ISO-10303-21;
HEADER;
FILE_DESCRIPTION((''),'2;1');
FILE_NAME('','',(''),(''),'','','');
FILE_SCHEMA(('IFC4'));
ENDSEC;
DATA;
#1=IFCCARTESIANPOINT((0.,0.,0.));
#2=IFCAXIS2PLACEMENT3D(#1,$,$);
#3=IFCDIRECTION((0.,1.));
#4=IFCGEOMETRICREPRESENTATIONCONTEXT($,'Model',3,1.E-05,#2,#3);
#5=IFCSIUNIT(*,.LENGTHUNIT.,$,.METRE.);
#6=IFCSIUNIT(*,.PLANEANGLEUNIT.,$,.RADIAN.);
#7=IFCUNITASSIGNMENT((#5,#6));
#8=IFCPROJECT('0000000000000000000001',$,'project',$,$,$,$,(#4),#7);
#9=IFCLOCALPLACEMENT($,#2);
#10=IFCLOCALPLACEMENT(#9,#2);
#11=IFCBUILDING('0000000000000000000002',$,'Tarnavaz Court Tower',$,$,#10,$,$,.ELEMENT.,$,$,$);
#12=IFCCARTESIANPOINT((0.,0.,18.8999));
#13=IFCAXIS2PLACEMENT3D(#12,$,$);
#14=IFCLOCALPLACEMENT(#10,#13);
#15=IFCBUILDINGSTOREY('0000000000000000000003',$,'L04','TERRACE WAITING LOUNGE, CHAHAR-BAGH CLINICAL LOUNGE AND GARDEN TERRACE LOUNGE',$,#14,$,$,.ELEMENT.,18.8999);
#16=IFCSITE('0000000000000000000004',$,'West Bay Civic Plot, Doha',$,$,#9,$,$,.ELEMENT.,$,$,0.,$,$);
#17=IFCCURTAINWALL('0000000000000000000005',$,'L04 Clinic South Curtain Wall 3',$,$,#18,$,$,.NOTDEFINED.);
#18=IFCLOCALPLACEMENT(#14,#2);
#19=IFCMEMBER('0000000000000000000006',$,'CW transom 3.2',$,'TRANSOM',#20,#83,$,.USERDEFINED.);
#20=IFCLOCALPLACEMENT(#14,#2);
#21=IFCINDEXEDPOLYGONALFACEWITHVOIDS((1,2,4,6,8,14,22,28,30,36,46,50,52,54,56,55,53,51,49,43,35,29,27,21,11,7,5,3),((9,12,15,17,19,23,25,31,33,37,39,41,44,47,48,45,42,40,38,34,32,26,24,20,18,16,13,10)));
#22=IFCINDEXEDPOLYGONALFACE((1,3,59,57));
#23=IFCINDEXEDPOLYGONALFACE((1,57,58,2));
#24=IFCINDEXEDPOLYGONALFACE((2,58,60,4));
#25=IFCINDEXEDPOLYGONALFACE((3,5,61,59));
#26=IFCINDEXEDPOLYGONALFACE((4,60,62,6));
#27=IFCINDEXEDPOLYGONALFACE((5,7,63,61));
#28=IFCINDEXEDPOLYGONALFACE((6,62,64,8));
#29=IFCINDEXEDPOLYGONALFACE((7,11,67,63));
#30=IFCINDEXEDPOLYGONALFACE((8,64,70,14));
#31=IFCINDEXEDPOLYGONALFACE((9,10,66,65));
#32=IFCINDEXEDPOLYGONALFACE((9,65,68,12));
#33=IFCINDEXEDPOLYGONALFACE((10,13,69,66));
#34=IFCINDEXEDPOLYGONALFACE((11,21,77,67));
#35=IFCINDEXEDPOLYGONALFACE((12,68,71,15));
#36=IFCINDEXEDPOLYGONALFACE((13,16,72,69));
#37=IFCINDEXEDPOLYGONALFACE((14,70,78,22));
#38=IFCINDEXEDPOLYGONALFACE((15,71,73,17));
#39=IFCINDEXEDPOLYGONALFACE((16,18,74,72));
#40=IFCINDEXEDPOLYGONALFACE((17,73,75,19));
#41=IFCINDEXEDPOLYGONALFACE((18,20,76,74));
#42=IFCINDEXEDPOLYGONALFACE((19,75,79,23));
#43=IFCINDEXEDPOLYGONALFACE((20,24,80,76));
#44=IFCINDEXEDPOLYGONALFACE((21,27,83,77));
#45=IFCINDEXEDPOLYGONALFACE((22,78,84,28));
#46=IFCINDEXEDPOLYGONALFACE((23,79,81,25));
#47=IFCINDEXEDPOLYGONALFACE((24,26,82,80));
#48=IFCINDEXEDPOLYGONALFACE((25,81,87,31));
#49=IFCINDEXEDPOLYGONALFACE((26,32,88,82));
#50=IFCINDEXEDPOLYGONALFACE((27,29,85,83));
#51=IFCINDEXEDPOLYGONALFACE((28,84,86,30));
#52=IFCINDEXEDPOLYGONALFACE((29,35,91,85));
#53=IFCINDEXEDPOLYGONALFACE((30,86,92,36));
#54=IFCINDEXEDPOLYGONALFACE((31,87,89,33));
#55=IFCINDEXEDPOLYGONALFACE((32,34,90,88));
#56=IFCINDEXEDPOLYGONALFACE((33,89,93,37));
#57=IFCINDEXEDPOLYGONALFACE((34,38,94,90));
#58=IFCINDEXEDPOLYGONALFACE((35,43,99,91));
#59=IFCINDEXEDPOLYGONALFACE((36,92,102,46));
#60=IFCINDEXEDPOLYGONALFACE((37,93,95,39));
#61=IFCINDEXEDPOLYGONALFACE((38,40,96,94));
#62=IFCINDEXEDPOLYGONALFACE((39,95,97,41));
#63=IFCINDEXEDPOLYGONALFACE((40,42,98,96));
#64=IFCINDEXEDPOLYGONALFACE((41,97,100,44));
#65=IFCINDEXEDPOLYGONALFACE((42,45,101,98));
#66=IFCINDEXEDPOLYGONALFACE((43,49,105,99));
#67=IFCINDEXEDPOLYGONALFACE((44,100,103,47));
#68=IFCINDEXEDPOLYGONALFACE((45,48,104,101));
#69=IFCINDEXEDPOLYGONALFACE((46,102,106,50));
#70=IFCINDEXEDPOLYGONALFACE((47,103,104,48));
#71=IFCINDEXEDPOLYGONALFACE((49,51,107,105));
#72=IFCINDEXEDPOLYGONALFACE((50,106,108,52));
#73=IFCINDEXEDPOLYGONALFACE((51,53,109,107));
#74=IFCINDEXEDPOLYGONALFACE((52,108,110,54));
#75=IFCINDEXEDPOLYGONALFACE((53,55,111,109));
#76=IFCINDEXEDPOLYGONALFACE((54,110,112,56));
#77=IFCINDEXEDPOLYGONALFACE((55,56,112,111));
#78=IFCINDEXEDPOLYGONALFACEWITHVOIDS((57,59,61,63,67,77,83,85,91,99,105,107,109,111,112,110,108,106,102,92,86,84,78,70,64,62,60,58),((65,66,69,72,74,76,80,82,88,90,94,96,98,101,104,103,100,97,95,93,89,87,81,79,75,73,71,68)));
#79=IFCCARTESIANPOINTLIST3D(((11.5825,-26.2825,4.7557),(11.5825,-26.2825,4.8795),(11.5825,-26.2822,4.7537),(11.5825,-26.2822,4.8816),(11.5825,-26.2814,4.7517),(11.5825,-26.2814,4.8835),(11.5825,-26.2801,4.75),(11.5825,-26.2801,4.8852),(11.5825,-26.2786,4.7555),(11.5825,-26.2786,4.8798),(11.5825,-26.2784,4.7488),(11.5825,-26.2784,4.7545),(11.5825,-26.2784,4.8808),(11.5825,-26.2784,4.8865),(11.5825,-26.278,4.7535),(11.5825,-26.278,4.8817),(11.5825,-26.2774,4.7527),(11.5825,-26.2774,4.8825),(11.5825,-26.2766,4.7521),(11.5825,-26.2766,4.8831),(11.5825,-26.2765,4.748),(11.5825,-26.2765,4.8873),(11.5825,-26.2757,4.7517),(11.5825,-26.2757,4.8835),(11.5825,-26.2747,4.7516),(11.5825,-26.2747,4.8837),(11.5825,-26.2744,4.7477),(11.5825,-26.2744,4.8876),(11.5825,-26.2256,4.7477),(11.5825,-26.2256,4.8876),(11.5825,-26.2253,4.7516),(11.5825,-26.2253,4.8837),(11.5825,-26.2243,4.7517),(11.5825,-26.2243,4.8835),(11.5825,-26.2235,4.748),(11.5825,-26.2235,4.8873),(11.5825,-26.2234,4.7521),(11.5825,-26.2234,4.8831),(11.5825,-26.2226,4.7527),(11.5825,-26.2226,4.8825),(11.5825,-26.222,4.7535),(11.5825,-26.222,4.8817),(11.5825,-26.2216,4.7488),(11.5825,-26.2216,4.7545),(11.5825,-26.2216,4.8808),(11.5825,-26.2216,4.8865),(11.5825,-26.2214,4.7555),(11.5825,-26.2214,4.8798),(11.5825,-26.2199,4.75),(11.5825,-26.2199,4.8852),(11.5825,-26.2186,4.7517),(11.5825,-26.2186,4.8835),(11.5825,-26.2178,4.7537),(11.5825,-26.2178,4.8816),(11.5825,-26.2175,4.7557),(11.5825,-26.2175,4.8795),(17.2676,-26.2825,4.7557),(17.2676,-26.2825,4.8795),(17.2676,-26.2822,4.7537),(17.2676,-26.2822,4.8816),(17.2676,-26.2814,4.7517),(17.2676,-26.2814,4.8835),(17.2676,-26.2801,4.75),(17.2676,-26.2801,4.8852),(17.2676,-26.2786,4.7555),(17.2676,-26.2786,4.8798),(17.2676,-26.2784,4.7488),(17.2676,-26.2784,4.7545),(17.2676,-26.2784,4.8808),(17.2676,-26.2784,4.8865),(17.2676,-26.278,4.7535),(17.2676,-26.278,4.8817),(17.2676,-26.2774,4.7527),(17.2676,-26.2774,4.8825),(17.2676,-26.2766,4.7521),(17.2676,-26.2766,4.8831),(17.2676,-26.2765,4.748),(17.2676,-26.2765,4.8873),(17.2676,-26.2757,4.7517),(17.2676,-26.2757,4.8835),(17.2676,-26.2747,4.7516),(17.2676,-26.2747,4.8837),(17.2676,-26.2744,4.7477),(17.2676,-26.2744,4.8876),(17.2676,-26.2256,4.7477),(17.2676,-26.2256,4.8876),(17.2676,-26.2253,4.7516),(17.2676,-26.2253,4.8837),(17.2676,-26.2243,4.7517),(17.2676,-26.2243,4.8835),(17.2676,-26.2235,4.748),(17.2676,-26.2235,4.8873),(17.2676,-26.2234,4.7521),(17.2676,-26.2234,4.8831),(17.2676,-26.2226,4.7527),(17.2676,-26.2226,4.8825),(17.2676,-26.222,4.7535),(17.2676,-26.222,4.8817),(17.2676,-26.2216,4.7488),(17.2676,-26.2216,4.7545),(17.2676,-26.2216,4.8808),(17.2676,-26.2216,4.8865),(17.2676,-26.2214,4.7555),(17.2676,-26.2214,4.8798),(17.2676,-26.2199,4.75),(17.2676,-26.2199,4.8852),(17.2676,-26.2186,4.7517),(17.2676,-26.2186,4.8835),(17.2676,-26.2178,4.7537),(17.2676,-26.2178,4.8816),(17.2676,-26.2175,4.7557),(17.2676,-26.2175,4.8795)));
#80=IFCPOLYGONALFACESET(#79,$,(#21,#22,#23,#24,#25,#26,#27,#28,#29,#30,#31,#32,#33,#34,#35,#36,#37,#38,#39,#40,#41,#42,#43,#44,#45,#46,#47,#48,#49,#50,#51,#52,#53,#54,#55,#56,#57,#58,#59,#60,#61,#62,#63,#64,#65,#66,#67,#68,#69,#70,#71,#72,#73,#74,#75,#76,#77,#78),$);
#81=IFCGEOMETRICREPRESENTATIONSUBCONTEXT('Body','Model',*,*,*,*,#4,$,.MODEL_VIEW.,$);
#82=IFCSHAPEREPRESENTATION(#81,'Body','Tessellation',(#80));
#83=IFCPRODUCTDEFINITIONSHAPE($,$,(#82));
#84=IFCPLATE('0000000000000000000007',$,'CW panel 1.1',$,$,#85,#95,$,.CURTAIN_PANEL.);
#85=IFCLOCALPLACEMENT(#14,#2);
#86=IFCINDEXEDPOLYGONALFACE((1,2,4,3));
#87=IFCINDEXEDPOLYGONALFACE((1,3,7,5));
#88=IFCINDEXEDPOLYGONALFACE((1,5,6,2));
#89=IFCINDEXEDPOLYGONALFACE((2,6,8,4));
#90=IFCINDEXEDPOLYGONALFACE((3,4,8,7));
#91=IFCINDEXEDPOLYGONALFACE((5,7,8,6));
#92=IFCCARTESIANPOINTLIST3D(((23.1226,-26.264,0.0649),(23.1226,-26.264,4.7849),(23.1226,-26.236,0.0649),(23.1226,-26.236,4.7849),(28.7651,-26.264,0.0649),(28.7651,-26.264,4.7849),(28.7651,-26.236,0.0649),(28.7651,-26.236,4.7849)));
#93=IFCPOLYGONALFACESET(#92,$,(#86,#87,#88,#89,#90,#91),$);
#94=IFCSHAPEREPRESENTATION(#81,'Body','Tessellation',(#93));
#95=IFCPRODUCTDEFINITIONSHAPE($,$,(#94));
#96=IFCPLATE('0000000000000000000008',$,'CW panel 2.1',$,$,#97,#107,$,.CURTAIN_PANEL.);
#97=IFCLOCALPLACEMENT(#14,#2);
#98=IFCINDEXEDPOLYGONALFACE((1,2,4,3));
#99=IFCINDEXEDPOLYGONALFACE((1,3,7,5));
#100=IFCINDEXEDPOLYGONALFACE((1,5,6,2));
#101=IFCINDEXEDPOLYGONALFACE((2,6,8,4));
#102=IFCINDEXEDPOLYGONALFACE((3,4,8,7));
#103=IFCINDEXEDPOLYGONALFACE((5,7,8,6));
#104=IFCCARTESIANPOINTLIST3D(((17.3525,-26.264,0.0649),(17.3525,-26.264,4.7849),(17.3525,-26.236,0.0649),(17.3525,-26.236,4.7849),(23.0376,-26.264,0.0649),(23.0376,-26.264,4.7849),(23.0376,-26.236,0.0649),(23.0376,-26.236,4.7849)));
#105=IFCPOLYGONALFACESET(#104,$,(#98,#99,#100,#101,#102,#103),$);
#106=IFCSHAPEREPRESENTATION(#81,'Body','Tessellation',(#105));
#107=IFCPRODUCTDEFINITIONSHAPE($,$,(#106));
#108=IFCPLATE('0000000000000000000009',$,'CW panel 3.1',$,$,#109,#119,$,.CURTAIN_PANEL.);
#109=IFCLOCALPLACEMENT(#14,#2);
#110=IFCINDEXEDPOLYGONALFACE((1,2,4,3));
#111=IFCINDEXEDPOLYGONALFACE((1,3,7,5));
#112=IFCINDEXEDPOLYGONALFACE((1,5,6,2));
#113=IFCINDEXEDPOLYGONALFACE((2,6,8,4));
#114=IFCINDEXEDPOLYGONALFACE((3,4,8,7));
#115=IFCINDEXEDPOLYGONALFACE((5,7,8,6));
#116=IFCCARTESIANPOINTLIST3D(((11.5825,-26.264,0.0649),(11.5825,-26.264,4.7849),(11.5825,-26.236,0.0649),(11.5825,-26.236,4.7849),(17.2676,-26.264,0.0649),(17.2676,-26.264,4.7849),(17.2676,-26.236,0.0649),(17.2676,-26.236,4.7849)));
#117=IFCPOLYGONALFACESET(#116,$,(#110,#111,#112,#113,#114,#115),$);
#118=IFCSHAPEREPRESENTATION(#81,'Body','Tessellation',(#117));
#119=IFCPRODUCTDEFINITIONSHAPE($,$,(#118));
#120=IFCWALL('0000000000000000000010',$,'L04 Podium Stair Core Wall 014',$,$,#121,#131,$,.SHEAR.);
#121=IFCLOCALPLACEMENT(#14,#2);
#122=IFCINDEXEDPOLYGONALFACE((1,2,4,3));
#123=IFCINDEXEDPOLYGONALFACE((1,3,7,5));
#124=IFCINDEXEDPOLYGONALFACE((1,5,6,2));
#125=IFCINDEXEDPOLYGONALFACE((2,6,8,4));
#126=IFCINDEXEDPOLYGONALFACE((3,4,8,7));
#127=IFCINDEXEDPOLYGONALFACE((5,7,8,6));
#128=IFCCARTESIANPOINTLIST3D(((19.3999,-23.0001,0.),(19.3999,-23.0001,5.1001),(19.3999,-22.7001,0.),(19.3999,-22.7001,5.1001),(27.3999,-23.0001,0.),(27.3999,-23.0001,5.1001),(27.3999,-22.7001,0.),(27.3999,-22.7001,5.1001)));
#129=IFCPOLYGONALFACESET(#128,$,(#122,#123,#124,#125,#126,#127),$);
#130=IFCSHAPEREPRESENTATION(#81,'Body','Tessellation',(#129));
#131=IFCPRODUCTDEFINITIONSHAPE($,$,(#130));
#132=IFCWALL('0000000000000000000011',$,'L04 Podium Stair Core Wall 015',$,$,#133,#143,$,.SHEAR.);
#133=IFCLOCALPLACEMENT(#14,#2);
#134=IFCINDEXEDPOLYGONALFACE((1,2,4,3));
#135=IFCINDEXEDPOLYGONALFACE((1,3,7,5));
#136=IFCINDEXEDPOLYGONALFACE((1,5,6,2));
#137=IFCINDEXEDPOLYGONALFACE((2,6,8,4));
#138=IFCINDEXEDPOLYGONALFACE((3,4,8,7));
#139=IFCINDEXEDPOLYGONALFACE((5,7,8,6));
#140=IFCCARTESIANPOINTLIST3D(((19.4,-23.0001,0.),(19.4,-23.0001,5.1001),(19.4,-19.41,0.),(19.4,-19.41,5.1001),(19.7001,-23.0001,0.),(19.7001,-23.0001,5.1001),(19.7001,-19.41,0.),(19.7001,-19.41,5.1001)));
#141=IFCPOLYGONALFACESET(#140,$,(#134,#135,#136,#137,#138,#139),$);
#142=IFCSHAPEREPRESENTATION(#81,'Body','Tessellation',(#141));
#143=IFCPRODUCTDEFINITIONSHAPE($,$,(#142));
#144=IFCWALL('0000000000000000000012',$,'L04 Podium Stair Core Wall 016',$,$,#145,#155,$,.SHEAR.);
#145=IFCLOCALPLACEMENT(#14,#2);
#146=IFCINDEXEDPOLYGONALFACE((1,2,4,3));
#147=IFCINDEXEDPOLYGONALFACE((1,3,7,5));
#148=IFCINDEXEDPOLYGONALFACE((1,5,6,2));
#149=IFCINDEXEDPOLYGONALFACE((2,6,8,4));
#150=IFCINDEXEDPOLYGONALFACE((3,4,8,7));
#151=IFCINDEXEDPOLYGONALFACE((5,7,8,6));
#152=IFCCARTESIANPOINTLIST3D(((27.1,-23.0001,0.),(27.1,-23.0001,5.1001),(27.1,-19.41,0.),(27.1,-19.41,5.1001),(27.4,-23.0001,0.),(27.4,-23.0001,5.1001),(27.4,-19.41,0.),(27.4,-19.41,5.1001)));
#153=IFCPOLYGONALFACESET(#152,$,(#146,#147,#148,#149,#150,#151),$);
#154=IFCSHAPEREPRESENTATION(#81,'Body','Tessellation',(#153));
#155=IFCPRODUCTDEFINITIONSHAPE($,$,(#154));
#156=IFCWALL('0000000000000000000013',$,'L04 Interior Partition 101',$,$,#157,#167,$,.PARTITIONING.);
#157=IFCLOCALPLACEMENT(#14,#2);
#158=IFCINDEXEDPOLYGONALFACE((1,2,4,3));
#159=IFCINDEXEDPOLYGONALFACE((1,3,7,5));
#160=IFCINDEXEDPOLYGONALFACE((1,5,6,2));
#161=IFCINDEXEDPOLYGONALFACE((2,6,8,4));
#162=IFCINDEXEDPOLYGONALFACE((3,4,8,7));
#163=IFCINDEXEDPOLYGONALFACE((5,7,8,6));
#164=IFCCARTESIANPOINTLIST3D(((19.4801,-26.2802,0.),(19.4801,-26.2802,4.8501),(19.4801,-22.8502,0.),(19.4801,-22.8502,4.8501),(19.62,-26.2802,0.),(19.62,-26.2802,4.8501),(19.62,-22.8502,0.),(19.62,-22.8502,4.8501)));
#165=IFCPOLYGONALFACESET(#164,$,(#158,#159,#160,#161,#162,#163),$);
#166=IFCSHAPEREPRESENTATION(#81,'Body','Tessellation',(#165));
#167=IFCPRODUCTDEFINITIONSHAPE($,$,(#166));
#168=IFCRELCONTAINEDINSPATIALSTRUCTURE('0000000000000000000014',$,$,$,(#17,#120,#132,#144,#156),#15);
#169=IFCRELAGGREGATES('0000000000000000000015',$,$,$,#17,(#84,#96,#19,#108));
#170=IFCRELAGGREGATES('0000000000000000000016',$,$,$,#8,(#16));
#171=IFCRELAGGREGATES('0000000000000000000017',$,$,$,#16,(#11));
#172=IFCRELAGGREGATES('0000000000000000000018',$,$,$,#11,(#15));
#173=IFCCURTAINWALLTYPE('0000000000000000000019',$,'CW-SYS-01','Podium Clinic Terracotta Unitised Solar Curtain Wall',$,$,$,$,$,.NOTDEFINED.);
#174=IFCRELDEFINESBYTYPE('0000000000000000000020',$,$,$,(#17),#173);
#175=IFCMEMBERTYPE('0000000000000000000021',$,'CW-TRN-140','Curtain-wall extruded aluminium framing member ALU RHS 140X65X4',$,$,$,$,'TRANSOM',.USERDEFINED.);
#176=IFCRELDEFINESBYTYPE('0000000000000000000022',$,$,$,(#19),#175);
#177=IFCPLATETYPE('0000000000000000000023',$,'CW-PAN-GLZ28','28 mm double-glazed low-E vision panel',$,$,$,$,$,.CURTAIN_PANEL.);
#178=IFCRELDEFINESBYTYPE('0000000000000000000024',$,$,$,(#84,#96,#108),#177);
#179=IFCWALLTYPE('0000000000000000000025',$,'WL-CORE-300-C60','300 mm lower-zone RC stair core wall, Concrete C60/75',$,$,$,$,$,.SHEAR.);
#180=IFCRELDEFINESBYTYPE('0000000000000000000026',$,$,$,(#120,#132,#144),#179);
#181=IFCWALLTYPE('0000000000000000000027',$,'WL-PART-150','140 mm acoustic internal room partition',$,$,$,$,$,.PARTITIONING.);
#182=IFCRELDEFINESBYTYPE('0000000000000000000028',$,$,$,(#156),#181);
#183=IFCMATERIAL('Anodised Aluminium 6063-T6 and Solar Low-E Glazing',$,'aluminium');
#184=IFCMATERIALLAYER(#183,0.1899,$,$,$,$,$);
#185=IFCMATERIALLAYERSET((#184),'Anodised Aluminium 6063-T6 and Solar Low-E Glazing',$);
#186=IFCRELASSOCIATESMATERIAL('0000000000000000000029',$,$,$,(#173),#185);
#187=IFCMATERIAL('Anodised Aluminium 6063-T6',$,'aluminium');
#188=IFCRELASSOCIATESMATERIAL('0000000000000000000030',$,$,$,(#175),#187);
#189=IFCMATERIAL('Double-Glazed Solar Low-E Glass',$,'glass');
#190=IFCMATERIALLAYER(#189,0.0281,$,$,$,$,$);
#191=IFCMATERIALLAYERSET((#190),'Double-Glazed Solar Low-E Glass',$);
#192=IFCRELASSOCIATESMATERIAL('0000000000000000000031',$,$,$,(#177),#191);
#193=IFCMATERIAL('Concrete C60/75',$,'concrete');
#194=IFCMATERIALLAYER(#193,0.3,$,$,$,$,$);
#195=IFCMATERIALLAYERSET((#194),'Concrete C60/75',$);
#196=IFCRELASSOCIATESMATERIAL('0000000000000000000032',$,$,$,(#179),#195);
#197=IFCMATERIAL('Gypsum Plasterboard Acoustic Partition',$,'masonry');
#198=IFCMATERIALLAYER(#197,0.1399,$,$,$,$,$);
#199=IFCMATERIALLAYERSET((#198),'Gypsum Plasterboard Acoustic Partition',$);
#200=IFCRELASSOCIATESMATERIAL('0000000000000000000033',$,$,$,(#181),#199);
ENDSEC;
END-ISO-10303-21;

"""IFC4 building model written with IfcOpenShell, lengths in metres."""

from ifc_helpers import new_model, si_unit, direction, frame, frame_2d, origin, origin_2d, place, context, subcontext, project, spatial, rectangle, hollow_rectangle, extrude, material, layer, layer_set, material_profile, profile_set, type_object, element, aggregate, save


model = new_model("IFC4")

# Units and contexts
model_context = context("Model", 3, precision=1e-05, world=origin(), true_north=direction((0.0, 1.0)))
body_context = subcontext(model_context, "Body", "Model", "MODEL_VIEW")
ifc_project = project(units=[si_unit("LENGTHUNIT", "METRE"), si_unit("PLANEANGLEUNIT", "RADIAN")], contexts=[model_context])

# Site, building, storey
site_placement = place(None, origin())
site = spatial("IfcSite", under=ifc_project, at=site_placement, Name="West Bay Civic Plot, Doha", CompositionType="ELEMENT", RefElevation=0.0)
building_placement = place(site_placement, origin())
building = spatial("IfcBuilding", under=site, at=building_placement, Name="Tarnavaz Court Tower", CompositionType="ELEMENT")
storey_placement = place(building_placement, frame((0.0, 0.0, 18.8999)))
storey = spatial("IfcBuildingStorey", under=building, at=storey_placement, Name="L04", Description="TERRACE WAITING LOUNGE, CHAHAR-BAGH CLINICAL LOUNGE AND GARDEN TERRACE LOUNGE", CompositionType="ELEMENT", Elevation=18.8999)

# Shared definitions
ifc_material_1 = material(Name="Concrete C60/75", Category="concrete")

# Curtain wall, member, plates
ifc_material_2 = material(Name="Anodised Aluminium 6063-T6 and Solar Low-E Glazing", Category="aluminium")
ifc_layer_1 = layer(ifc_material_2, 0.1899)
ifc_layer_set_1 = layer_set([ifc_layer_1], Name="Anodised Aluminium 6063-T6 and Solar Low-E Glazing")
curtain_wall_type = type_object("IfcCurtainWallType", Name="CW-SYS-01", Description="Podium Clinic Terracotta Unitised Solar Curtain Wall", PredefinedType="NOTDEFINED", material=ifc_layer_set_1)
curtain_wall_placement = place(storey_placement, origin())
curtain_wall = element("IfcCurtainWall", 1, at=curtain_wall_placement, inside=storey, type_object=curtain_wall_type, Name="L04 Clinic South Curtain Wall 3", PredefinedType="NOTDEFINED")
ifc_material_3 = material(Name="Anodised Aluminium 6063-T6", Category="aluminium")
ifc_material_profile_1 = material_profile(ifc_material_3, hollow_rectangle(XDim=0.0649, YDim=0.1399, WallThickness=0.0039, InnerFilletRadius=0.0039, OuterFilletRadius=0.0081, at=origin_2d()), Name="ALU RHS 140X65X4")
ifc_profile_set_1 = profile_set([ifc_material_profile_1], Name="Anodised Aluminium 6063-T6")
member_type_1 = type_object("IfcMemberType", Name="CW-TRN-140", Description="Curtain-wall extruded aluminium framing member ALU RHS 140X65X4", ElementType="TRANSOM", PredefinedType="USERDEFINED", material=ifc_profile_set_1)
member_1_placement = place(storey_placement, frame((17.2676, -26.25, 4.8176), z_axis=(-1.0, 0.0, 0.0), x_axis=(0.0, -1.0, 0.0)))
member_1 = element("IfcMember", 2, at=member_1_placement, type_object=member_type_1, Name="CW transom 3.2", ObjectType="TRANSOM", PredefinedType="USERDEFINED", context=body_context, shape_type="SweptSolid", body=[
    extrude(hollow_rectangle(XDim=0.0649, YDim=0.1399, WallThickness=0.0039, InnerFilletRadius=0.0039, OuterFilletRadius=0.0081, at=origin_2d()), origin(), (0.0, 0.0, 1.0), 5.6851),
])
ifc_material_4 = material(Name="Double-Glazed Solar Low-E Glass", Category="glass")
ifc_layer_2 = layer(ifc_material_4, 0.0281)
ifc_layer_set_2 = layer_set([ifc_layer_2], Name="Double-Glazed Solar Low-E Glass")
plate_type = type_object("IfcPlateType", Name="CW-PAN-GLZ28", Description="28 mm double-glazed low-E vision panel", PredefinedType="CURTAIN_PANEL", material=ifc_layer_set_2)
plate_1_placement = place(storey_placement, frame((25.9438, -26.25, 0.0649), z_axis=(0.0, 0.0, 1.0), x_axis=(-1.0, 0.0, 0.0)))
plate_1 = element("IfcPlate", 3, at=plate_1_placement, type_object=plate_type, Name="CW panel 1.1", PredefinedType="CURTAIN_PANEL", context=body_context, shape_type="SweptSolid", body=[
    extrude(rectangle(XDim=5.6426, YDim=0.0281, at=origin_2d()), origin(), (0.0, 0.0, 1.0), 4.72),
])
plate_2_placement = place(storey_placement, frame((20.1951, -26.25, 0.0649), z_axis=(0.0, 0.0, 1.0), x_axis=(-1.0, 0.0, 0.0)))
plate_2 = element("IfcPlate", 4, at=plate_2_placement, type_object=plate_type, Name="CW panel 2.1", PredefinedType="CURTAIN_PANEL", context=body_context, shape_type="SweptSolid", body=[
    extrude(rectangle(XDim=5.6851, YDim=0.0281, at=origin_2d()), origin(), (0.0, 0.0, 1.0), 4.72),
])
plate_3_placement = place(storey_placement, frame((14.425, -26.25, 0.0649), z_axis=(0.0, 0.0, 1.0), x_axis=(-1.0, 0.0, 0.0)))
plate_3 = element("IfcPlate", 5, at=plate_3_placement, type_object=plate_type, Name="CW panel 3.1", PredefinedType="CURTAIN_PANEL", context=body_context, shape_type="SweptSolid", body=[
    extrude(rectangle(XDim=5.6851, YDim=0.0281, at=origin_2d()), origin(), (0.0, 0.0, 1.0), 4.72),
])
aggregate(curtain_wall, [plate_1, plate_2, member_1, plate_3])

# Walls
ifc_layer_3 = layer(ifc_material_1, 0.3)
ifc_layer_set_3 = layer_set([ifc_layer_3], Name="Concrete C60/75")
wall_type_1 = type_object("IfcWallType", Name="WL-CORE-300-C60", Description="300 mm lower-zone RC stair core wall, Concrete C60/75", PredefinedType="SHEAR", material=ifc_layer_set_3)
wall_1_placement = place(storey_placement, frame((19.3999, -22.8501, 0.0), z_axis=(0.0, 0.0, 1.0), x_axis=(1.0, 0.0, 0.0)))
element("IfcWall", 6, at=wall_1_placement, inside=storey, type_object=wall_type_1, Name="L04 Podium Stair Core Wall 014", PredefinedType="SHEAR", context=body_context, shape_type="SweptSolid", body=[
    extrude(rectangle(XDim=8.0, YDim=0.3, at=frame_2d((4.0, 0.0))), origin(), (0.0, 0.0, 1.0), 5.1001),
])
for number, where, z_axis, x_axis, name in (
    (7, (19.55, -23.0, 0.0), (0.0, 0.0, 1.0), (0.0, 1.0, 0.0), "L04 Podium Stair Core Wall 015"),
    (8, (27.25, -23.0, 0.0), (0.0, 0.0, 1.0), (0.0, 1.0, 0.0), "L04 Podium Stair Core Wall 016"),
):
    element("IfcWall", number, at=place(storey_placement, frame(where, z_axis=z_axis, x_axis=x_axis)), inside=storey, type_object=wall_type_1, Name=name, PredefinedType="SHEAR", context=body_context, shape_type="SweptSolid", body=[
        extrude(rectangle(XDim=3.5901, YDim=0.3, at=frame_2d((1.7949, 0.0))), origin(), (0.0, 0.0, 1.0), 5.1001),
    ])
ifc_material_5 = material(Name="Gypsum Plasterboard Acoustic Partition", Category="masonry")
ifc_layer_4 = layer(ifc_material_5, 0.1399)
ifc_layer_set_4 = layer_set([ifc_layer_4], Name="Gypsum Plasterboard Acoustic Partition")
wall_type_2 = type_object("IfcWallType", Name="WL-PART-150", Description="140 mm acoustic internal room partition", PredefinedType="PARTITIONING", material=ifc_layer_set_4)
wall_2_placement = place(storey_placement, frame((19.55, -26.28, 0.0), z_axis=(0.0, 0.0, 1.0), x_axis=(0.0, 1.0, 0.0)))
element("IfcWall", 9, at=wall_2_placement, inside=storey, type_object=wall_type_2, Name="L04 Interior Partition 101", PredefinedType="PARTITIONING", context=body_context, shape_type="SweptSolid", body=[
    extrude(rectangle(XDim=3.4299, YDim=0.1399, at=frame_2d((1.7148, 0.0))), origin(), (0.0, 0.0, 1.0), 4.8501),
])

save(model, "model.ifc")
